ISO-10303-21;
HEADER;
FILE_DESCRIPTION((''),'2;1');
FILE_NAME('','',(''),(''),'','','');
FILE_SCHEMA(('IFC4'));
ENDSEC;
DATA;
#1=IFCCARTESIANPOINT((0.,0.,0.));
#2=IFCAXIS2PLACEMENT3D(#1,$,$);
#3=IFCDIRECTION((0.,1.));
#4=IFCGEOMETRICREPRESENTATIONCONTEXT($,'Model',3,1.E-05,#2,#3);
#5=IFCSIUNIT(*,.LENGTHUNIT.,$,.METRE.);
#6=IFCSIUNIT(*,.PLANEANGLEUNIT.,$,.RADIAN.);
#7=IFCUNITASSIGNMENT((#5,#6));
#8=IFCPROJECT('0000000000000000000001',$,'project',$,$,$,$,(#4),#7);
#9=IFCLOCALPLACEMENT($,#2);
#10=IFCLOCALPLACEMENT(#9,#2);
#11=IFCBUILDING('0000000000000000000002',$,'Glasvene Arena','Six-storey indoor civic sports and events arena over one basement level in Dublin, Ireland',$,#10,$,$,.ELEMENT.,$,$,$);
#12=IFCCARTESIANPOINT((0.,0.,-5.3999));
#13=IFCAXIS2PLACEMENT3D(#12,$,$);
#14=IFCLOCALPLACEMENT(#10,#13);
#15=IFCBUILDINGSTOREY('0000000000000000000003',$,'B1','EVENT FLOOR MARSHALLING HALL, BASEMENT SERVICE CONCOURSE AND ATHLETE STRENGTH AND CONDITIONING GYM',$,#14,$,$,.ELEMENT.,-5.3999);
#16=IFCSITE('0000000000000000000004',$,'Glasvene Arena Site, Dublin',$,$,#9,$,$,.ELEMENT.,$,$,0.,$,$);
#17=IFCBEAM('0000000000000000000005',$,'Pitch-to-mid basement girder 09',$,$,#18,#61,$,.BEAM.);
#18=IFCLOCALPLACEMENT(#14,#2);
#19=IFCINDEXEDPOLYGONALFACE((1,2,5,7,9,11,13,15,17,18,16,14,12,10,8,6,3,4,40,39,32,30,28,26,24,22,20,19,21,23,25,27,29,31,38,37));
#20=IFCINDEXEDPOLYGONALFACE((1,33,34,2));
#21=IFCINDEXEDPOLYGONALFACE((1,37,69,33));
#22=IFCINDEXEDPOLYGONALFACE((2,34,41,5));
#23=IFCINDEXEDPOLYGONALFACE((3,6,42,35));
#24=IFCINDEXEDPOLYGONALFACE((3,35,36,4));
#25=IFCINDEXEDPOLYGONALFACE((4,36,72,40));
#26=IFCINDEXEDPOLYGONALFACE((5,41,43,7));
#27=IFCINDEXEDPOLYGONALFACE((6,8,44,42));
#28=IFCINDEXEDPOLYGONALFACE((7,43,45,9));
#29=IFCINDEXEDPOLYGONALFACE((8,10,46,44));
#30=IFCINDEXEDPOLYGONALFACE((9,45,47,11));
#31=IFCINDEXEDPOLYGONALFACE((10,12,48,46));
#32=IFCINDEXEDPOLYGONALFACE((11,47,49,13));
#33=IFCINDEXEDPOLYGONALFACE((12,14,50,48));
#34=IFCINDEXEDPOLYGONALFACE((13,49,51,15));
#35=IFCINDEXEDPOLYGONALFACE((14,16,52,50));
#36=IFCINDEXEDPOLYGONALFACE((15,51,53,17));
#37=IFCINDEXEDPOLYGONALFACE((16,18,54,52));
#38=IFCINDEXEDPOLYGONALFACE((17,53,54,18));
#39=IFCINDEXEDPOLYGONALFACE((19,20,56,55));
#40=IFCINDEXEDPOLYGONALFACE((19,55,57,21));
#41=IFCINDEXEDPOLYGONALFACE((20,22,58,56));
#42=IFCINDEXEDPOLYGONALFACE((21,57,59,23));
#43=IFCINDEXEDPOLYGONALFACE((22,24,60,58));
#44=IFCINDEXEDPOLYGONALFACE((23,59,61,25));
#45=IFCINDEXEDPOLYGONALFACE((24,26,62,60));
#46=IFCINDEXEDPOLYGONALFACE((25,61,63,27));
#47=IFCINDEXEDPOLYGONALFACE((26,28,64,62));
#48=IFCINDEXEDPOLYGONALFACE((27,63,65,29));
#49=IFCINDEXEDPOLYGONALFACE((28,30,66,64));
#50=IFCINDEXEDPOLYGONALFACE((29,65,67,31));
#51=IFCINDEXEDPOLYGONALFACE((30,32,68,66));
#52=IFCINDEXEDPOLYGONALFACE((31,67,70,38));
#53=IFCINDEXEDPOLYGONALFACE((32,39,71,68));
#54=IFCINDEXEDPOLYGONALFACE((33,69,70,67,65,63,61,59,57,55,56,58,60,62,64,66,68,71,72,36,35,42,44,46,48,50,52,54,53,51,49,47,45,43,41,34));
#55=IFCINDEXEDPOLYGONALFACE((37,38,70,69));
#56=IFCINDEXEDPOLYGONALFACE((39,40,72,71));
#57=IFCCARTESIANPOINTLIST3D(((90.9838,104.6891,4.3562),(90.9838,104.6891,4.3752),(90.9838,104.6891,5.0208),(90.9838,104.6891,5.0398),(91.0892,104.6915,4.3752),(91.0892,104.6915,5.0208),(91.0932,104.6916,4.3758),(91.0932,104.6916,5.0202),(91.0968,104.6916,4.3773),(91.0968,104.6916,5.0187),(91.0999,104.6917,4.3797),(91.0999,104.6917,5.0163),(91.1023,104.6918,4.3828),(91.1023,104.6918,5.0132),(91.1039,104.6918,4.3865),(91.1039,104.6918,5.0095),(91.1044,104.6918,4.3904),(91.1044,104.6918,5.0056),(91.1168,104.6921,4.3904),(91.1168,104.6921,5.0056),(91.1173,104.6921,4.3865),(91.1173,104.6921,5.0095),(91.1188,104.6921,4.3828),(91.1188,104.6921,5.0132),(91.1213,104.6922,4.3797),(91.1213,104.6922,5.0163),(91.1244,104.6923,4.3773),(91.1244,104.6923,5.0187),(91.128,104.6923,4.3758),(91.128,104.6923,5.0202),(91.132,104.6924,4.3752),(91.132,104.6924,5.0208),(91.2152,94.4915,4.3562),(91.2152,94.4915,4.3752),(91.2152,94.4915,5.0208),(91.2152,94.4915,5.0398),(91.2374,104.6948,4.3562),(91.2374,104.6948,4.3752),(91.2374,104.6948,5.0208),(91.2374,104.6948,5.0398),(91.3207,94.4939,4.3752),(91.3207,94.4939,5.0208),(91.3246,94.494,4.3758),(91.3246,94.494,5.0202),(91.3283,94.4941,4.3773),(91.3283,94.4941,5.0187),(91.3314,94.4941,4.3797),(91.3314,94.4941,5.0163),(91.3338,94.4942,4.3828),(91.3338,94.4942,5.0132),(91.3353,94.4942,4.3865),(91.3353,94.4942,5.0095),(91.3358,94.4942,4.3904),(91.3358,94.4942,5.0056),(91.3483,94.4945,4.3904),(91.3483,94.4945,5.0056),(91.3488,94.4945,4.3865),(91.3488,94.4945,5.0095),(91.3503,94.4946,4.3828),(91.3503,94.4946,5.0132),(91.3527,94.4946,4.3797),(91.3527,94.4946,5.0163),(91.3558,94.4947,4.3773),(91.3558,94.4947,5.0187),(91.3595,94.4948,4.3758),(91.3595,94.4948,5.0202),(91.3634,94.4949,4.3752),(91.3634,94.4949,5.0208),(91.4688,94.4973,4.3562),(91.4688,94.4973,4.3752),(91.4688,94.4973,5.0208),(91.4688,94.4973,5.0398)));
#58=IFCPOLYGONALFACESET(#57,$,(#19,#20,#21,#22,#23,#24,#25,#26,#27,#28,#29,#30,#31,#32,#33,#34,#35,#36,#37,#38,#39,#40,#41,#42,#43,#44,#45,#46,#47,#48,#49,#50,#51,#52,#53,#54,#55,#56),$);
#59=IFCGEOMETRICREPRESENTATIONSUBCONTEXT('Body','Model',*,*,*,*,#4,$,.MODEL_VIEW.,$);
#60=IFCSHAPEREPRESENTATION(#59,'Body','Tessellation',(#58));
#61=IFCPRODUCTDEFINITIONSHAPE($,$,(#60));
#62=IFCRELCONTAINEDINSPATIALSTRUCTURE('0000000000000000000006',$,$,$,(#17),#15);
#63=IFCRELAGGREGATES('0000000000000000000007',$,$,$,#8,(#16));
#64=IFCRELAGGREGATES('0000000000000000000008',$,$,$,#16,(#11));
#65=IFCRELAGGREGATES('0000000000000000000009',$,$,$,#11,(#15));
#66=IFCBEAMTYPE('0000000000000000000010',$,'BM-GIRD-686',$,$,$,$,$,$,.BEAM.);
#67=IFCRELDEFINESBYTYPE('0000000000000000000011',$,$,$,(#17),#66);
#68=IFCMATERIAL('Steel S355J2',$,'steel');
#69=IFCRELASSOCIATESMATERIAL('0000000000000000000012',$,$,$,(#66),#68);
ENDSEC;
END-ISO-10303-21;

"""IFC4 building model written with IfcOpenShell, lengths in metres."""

from ifc_helpers import new_model, si_unit, direction, frame, origin, origin_2d, place, context, subcontext, project, spatial, i_section, extrude, material, material_profile, profile_set, type_object, element, save


model = new_model("IFC4")

# Units and contexts
model_context = context("Model", 3, precision=1e-05, world=origin(), true_north=direction((0.0, 1.0)))
body_context = subcontext(model_context, "Body", "Model", "MODEL_VIEW")
ifc_project = project(units=[si_unit("LENGTHUNIT", "METRE"), si_unit("PLANEANGLEUNIT", "RADIAN")], contexts=[model_context])

# Site, building, storey
site_placement = place(None, origin())
site = spatial("IfcSite", under=ifc_project, at=site_placement, Name="Glasvene Arena Site, Dublin", CompositionType="ELEMENT", RefElevation=0.0)
building_placement = place(site_placement, origin())
building = spatial("IfcBuilding", under=site, at=building_placement, Name="Glasvene Arena", Description="Six-storey indoor civic sports and events arena over one basement level in Dublin, Ireland", CompositionType="ELEMENT")
storey_placement = place(building_placement, frame((0.0, 0.0, -5.3999)))
storey = spatial("IfcBuildingStorey", under=building, at=storey_placement, Name="B1", Description="EVENT FLOOR MARSHALLING HALL, BASEMENT SERVICE CONCOURSE AND ATHLETE STRENGTH AND CONDITIONING GYM", CompositionType="ELEMENT", Elevation=-5.3999)

# Beam
ifc_material_1 = material(Name="Steel S355J2", Category="steel")
ifc_material_profile_1 = material_profile(ifc_material_1, i_section(OverallWidth=0.2537, OverallDepth=0.6836, WebThickness=0.0125, FlangeThickness=0.019, FilletRadius=0.0151, at=origin_2d()), Name="UKB 686x254x140")
ifc_profile_set_1 = profile_set([ifc_material_profile_1], Name="Steel S355J2")
beam_type_1 = type_object("IfcBeamType", Name="BM-GIRD-686", PredefinedType="BEAM", material=ifc_profile_set_1)
for number, where, z_axis, x_axis, name in (
    (1, (91.342, 94.4944, 4.698), (-0.02269, 0.999743, 0.0), (-0.999743, -0.02269, 0.0), "Pitch-to-mid basement girder 09"),
):
    element("IfcBeam", number, at=place(storey_placement, frame(where, z_axis=z_axis, x_axis=x_axis)), inside=storey, type_object=beam_type_1, Name=name, PredefinedType="BEAM", context=body_context, shape_type="SweptSolid", body=[
        extrude(i_section(OverallWidth=0.2537, OverallDepth=0.6836, WebThickness=0.0125, FlangeThickness=0.019, FilletRadius=0.0151, at=origin_2d()), origin(), (0.0, 0.0, 1.0), 10.2002),
    ])

save(model, "model.ifc")
